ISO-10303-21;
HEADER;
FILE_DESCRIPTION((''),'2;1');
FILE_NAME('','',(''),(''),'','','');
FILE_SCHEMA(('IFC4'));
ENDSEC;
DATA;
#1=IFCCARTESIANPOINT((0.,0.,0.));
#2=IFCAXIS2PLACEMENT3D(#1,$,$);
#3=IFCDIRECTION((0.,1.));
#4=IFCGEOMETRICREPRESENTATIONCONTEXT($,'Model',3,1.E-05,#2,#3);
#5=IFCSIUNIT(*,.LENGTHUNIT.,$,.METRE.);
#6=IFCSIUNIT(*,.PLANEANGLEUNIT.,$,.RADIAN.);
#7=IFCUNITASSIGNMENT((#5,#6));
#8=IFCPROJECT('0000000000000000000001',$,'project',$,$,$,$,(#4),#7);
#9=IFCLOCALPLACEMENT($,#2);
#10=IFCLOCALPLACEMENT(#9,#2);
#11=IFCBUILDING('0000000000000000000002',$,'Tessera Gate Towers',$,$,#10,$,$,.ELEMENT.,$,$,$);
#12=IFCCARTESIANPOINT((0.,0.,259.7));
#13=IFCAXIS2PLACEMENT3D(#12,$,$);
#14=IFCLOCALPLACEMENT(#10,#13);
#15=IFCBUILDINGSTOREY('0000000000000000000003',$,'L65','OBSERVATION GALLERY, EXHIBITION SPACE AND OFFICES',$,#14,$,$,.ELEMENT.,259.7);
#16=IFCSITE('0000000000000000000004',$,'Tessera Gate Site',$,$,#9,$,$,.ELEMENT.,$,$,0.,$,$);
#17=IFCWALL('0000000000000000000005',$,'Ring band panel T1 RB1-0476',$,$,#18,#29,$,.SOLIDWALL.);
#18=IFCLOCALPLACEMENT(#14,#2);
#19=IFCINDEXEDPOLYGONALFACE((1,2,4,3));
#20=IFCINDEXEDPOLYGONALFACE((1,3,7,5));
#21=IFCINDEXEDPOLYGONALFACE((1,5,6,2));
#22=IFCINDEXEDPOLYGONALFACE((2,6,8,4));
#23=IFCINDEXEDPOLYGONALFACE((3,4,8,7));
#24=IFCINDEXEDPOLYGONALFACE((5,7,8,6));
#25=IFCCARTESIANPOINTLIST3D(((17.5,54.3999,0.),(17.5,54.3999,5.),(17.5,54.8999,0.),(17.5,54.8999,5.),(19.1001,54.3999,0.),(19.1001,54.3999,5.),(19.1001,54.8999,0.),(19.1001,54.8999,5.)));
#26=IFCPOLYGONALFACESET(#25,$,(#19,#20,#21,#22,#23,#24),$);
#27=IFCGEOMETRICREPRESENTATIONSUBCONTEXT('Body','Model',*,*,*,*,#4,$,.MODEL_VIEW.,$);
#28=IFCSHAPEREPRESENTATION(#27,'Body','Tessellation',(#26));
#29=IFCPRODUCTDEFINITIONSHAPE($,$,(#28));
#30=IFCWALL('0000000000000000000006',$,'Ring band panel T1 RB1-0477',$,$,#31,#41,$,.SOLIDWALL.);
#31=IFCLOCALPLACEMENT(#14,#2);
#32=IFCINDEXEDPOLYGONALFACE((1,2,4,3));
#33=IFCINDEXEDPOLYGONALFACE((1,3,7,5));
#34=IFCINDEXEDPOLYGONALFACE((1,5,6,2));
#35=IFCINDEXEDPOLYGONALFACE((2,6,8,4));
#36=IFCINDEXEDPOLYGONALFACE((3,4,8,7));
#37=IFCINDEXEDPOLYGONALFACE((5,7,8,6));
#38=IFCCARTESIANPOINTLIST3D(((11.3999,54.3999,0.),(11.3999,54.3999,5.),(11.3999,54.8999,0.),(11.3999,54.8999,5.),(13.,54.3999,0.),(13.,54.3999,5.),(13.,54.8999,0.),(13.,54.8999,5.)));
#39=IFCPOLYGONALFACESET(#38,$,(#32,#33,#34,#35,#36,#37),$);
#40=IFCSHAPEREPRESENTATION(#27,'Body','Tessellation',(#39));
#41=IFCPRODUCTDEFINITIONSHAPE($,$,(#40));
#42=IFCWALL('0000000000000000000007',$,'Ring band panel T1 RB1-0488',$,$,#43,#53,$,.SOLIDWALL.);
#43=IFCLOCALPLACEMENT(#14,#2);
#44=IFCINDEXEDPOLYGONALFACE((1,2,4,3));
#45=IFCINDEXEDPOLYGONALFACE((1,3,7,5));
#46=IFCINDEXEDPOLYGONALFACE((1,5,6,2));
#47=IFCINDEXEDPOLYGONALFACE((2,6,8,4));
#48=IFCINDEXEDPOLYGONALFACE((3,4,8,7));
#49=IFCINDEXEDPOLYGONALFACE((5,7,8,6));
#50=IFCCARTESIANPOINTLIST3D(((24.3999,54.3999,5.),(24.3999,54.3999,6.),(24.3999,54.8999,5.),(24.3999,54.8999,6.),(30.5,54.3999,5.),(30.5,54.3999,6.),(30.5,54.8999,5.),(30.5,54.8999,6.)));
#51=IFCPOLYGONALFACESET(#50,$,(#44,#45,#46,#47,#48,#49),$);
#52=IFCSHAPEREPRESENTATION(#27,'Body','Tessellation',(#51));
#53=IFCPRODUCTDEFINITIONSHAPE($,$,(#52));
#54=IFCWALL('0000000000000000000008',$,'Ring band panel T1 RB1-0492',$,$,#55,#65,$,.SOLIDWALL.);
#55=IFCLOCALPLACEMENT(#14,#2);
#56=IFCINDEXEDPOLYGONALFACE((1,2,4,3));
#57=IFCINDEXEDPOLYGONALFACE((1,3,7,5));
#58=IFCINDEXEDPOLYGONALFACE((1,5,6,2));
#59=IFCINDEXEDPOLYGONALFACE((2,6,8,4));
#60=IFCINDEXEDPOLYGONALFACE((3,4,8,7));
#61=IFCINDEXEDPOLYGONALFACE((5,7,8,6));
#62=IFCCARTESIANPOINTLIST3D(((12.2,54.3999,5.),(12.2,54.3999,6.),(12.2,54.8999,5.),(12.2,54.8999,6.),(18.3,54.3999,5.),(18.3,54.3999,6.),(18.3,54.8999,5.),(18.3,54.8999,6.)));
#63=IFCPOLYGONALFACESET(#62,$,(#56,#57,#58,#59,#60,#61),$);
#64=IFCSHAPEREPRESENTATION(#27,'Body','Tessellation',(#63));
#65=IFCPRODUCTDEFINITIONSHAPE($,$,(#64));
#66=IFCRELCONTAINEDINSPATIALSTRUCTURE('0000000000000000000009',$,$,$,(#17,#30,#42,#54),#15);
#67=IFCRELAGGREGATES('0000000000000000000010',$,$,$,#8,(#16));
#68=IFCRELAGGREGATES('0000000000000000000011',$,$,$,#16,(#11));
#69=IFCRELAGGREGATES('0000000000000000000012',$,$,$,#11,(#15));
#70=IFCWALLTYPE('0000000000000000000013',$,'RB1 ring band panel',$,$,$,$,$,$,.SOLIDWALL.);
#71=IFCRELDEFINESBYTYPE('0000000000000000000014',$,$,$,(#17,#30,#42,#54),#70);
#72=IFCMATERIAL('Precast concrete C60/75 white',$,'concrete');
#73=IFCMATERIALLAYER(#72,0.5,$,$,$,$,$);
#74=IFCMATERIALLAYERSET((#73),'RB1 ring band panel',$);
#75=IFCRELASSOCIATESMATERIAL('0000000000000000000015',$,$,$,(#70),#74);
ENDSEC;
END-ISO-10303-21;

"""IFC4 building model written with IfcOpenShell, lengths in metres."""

from ifc_helpers import new_model, si_unit, direction, frame, origin, place, context, subcontext, project, spatial, polyline, outline, extrude, source, transform, mapped, material, layer, layer_set, type_object, element, save


model = new_model("IFC4")

# Units and contexts
model_context = context("Model", 3, precision=1e-05, world=origin(), true_north=direction((0.0, 1.0)))
body_context = subcontext(model_context, "Body", "Model", "MODEL_VIEW")
ifc_project = project(units=[si_unit("LENGTHUNIT", "METRE"), si_unit("PLANEANGLEUNIT", "RADIAN")], contexts=[model_context])

# Site, building, storey
site_placement = place(None, origin())
site = spatial("IfcSite", under=ifc_project, at=site_placement, Name="Tessera Gate Site", CompositionType="ELEMENT", RefElevation=0.0)
building_placement = place(site_placement, origin())
building = spatial("IfcBuilding", under=site, at=building_placement, Name="Tessera Gate Towers", CompositionType="ELEMENT")
storey_placement = place(building_placement, frame((0.0, 0.0, 259.7)))
storey = spatial("IfcBuildingStorey", under=building, at=storey_placement, Name="L65", Description="OBSERVATION GALLERY, EXHIBITION SPACE AND OFFICES", CompositionType="ELEMENT", Elevation=259.7)

# Walls
ifc_material_1 = material(Name="Precast concrete C60/75 white", Category="concrete")
ifc_layer_1 = layer(ifc_material_1, 0.5)
ifc_layer_set_1 = layer_set([ifc_layer_1], Name="RB1 ring band panel")
wall_type_1 = type_object("IfcWallType", Name="RB1 ring band panel", PredefinedType="SOLIDWALL", material=ifc_layer_set_1)
shared_shape_1 = source(origin(), body_context, "Body", "SweptSolid", [
    extrude(outline(polyline([(0.0, 0.0), (1.6001, 0.0), (1.6001, 5.0), (0.0, 5.0), (0.0, 0.0)])), frame((0.0, 0.25, 0.0), z_axis=(0.0, -1.0, 0.0), x_axis=(1.0, 0.0, 0.0)), (0.0, 0.0, 1.0), 0.5),
])
for number, where, z_axis, x_axis, name in (
    (1, (19.1001, 54.6499, 0.0), (0.0, 0.0, 1.0), (-1.0, 0.0, 0.0), "Ring band panel T1 RB1-0476"),
    (2, (13.0, 54.6499, 0.0), (0.0, 0.0, 1.0), (-1.0, 0.0, 0.0), "Ring band panel T1 RB1-0477"),
):
    element("IfcWall", number, at=place(storey_placement, frame(where, z_axis=z_axis, x_axis=x_axis)), inside=storey, type_object=wall_type_1, Name=name, PredefinedType="SOLIDWALL", context=body_context, shape_type="MappedRepresentation", body=[
        mapped(shared_shape_1, transform((0.0, 0.0, 0.0), scale=1.0)),
    ])
shared_shape_2 = source(origin(), body_context, "Body", "SweptSolid", [
    extrude(outline(polyline([(0.0, 0.0), (6.1001, 0.0), (6.1001, 1.0), (0.0, 1.0), (0.0, 0.0)])), frame((0.0, 0.25, 0.0), z_axis=(0.0, -1.0, 0.0), x_axis=(1.0, 0.0, 0.0)), (0.0, 0.0, 1.0), 0.5),
])
for number, where, z_axis, x_axis, name in (
    (3, (30.5, 54.6499, 5.0), (0.0, 0.0, 1.0), (-1.0, 0.0, 0.0), "Ring band panel T1 RB1-0488"),
    (4, (18.3, 54.6499, 5.0), (0.0, 0.0, 1.0), (-1.0, 0.0, 0.0), "Ring band panel T1 RB1-0492"),
):
    element("IfcWall", number, at=place(storey_placement, frame(where, z_axis=z_axis, x_axis=x_axis)), inside=storey, type_object=wall_type_1, Name=name, PredefinedType="SOLIDWALL", context=body_context, shape_type="MappedRepresentation", body=[
        mapped(shared_shape_2, transform((0.0, 0.0, 0.0), scale=1.0)),
    ])

save(model, "model.ifc")
